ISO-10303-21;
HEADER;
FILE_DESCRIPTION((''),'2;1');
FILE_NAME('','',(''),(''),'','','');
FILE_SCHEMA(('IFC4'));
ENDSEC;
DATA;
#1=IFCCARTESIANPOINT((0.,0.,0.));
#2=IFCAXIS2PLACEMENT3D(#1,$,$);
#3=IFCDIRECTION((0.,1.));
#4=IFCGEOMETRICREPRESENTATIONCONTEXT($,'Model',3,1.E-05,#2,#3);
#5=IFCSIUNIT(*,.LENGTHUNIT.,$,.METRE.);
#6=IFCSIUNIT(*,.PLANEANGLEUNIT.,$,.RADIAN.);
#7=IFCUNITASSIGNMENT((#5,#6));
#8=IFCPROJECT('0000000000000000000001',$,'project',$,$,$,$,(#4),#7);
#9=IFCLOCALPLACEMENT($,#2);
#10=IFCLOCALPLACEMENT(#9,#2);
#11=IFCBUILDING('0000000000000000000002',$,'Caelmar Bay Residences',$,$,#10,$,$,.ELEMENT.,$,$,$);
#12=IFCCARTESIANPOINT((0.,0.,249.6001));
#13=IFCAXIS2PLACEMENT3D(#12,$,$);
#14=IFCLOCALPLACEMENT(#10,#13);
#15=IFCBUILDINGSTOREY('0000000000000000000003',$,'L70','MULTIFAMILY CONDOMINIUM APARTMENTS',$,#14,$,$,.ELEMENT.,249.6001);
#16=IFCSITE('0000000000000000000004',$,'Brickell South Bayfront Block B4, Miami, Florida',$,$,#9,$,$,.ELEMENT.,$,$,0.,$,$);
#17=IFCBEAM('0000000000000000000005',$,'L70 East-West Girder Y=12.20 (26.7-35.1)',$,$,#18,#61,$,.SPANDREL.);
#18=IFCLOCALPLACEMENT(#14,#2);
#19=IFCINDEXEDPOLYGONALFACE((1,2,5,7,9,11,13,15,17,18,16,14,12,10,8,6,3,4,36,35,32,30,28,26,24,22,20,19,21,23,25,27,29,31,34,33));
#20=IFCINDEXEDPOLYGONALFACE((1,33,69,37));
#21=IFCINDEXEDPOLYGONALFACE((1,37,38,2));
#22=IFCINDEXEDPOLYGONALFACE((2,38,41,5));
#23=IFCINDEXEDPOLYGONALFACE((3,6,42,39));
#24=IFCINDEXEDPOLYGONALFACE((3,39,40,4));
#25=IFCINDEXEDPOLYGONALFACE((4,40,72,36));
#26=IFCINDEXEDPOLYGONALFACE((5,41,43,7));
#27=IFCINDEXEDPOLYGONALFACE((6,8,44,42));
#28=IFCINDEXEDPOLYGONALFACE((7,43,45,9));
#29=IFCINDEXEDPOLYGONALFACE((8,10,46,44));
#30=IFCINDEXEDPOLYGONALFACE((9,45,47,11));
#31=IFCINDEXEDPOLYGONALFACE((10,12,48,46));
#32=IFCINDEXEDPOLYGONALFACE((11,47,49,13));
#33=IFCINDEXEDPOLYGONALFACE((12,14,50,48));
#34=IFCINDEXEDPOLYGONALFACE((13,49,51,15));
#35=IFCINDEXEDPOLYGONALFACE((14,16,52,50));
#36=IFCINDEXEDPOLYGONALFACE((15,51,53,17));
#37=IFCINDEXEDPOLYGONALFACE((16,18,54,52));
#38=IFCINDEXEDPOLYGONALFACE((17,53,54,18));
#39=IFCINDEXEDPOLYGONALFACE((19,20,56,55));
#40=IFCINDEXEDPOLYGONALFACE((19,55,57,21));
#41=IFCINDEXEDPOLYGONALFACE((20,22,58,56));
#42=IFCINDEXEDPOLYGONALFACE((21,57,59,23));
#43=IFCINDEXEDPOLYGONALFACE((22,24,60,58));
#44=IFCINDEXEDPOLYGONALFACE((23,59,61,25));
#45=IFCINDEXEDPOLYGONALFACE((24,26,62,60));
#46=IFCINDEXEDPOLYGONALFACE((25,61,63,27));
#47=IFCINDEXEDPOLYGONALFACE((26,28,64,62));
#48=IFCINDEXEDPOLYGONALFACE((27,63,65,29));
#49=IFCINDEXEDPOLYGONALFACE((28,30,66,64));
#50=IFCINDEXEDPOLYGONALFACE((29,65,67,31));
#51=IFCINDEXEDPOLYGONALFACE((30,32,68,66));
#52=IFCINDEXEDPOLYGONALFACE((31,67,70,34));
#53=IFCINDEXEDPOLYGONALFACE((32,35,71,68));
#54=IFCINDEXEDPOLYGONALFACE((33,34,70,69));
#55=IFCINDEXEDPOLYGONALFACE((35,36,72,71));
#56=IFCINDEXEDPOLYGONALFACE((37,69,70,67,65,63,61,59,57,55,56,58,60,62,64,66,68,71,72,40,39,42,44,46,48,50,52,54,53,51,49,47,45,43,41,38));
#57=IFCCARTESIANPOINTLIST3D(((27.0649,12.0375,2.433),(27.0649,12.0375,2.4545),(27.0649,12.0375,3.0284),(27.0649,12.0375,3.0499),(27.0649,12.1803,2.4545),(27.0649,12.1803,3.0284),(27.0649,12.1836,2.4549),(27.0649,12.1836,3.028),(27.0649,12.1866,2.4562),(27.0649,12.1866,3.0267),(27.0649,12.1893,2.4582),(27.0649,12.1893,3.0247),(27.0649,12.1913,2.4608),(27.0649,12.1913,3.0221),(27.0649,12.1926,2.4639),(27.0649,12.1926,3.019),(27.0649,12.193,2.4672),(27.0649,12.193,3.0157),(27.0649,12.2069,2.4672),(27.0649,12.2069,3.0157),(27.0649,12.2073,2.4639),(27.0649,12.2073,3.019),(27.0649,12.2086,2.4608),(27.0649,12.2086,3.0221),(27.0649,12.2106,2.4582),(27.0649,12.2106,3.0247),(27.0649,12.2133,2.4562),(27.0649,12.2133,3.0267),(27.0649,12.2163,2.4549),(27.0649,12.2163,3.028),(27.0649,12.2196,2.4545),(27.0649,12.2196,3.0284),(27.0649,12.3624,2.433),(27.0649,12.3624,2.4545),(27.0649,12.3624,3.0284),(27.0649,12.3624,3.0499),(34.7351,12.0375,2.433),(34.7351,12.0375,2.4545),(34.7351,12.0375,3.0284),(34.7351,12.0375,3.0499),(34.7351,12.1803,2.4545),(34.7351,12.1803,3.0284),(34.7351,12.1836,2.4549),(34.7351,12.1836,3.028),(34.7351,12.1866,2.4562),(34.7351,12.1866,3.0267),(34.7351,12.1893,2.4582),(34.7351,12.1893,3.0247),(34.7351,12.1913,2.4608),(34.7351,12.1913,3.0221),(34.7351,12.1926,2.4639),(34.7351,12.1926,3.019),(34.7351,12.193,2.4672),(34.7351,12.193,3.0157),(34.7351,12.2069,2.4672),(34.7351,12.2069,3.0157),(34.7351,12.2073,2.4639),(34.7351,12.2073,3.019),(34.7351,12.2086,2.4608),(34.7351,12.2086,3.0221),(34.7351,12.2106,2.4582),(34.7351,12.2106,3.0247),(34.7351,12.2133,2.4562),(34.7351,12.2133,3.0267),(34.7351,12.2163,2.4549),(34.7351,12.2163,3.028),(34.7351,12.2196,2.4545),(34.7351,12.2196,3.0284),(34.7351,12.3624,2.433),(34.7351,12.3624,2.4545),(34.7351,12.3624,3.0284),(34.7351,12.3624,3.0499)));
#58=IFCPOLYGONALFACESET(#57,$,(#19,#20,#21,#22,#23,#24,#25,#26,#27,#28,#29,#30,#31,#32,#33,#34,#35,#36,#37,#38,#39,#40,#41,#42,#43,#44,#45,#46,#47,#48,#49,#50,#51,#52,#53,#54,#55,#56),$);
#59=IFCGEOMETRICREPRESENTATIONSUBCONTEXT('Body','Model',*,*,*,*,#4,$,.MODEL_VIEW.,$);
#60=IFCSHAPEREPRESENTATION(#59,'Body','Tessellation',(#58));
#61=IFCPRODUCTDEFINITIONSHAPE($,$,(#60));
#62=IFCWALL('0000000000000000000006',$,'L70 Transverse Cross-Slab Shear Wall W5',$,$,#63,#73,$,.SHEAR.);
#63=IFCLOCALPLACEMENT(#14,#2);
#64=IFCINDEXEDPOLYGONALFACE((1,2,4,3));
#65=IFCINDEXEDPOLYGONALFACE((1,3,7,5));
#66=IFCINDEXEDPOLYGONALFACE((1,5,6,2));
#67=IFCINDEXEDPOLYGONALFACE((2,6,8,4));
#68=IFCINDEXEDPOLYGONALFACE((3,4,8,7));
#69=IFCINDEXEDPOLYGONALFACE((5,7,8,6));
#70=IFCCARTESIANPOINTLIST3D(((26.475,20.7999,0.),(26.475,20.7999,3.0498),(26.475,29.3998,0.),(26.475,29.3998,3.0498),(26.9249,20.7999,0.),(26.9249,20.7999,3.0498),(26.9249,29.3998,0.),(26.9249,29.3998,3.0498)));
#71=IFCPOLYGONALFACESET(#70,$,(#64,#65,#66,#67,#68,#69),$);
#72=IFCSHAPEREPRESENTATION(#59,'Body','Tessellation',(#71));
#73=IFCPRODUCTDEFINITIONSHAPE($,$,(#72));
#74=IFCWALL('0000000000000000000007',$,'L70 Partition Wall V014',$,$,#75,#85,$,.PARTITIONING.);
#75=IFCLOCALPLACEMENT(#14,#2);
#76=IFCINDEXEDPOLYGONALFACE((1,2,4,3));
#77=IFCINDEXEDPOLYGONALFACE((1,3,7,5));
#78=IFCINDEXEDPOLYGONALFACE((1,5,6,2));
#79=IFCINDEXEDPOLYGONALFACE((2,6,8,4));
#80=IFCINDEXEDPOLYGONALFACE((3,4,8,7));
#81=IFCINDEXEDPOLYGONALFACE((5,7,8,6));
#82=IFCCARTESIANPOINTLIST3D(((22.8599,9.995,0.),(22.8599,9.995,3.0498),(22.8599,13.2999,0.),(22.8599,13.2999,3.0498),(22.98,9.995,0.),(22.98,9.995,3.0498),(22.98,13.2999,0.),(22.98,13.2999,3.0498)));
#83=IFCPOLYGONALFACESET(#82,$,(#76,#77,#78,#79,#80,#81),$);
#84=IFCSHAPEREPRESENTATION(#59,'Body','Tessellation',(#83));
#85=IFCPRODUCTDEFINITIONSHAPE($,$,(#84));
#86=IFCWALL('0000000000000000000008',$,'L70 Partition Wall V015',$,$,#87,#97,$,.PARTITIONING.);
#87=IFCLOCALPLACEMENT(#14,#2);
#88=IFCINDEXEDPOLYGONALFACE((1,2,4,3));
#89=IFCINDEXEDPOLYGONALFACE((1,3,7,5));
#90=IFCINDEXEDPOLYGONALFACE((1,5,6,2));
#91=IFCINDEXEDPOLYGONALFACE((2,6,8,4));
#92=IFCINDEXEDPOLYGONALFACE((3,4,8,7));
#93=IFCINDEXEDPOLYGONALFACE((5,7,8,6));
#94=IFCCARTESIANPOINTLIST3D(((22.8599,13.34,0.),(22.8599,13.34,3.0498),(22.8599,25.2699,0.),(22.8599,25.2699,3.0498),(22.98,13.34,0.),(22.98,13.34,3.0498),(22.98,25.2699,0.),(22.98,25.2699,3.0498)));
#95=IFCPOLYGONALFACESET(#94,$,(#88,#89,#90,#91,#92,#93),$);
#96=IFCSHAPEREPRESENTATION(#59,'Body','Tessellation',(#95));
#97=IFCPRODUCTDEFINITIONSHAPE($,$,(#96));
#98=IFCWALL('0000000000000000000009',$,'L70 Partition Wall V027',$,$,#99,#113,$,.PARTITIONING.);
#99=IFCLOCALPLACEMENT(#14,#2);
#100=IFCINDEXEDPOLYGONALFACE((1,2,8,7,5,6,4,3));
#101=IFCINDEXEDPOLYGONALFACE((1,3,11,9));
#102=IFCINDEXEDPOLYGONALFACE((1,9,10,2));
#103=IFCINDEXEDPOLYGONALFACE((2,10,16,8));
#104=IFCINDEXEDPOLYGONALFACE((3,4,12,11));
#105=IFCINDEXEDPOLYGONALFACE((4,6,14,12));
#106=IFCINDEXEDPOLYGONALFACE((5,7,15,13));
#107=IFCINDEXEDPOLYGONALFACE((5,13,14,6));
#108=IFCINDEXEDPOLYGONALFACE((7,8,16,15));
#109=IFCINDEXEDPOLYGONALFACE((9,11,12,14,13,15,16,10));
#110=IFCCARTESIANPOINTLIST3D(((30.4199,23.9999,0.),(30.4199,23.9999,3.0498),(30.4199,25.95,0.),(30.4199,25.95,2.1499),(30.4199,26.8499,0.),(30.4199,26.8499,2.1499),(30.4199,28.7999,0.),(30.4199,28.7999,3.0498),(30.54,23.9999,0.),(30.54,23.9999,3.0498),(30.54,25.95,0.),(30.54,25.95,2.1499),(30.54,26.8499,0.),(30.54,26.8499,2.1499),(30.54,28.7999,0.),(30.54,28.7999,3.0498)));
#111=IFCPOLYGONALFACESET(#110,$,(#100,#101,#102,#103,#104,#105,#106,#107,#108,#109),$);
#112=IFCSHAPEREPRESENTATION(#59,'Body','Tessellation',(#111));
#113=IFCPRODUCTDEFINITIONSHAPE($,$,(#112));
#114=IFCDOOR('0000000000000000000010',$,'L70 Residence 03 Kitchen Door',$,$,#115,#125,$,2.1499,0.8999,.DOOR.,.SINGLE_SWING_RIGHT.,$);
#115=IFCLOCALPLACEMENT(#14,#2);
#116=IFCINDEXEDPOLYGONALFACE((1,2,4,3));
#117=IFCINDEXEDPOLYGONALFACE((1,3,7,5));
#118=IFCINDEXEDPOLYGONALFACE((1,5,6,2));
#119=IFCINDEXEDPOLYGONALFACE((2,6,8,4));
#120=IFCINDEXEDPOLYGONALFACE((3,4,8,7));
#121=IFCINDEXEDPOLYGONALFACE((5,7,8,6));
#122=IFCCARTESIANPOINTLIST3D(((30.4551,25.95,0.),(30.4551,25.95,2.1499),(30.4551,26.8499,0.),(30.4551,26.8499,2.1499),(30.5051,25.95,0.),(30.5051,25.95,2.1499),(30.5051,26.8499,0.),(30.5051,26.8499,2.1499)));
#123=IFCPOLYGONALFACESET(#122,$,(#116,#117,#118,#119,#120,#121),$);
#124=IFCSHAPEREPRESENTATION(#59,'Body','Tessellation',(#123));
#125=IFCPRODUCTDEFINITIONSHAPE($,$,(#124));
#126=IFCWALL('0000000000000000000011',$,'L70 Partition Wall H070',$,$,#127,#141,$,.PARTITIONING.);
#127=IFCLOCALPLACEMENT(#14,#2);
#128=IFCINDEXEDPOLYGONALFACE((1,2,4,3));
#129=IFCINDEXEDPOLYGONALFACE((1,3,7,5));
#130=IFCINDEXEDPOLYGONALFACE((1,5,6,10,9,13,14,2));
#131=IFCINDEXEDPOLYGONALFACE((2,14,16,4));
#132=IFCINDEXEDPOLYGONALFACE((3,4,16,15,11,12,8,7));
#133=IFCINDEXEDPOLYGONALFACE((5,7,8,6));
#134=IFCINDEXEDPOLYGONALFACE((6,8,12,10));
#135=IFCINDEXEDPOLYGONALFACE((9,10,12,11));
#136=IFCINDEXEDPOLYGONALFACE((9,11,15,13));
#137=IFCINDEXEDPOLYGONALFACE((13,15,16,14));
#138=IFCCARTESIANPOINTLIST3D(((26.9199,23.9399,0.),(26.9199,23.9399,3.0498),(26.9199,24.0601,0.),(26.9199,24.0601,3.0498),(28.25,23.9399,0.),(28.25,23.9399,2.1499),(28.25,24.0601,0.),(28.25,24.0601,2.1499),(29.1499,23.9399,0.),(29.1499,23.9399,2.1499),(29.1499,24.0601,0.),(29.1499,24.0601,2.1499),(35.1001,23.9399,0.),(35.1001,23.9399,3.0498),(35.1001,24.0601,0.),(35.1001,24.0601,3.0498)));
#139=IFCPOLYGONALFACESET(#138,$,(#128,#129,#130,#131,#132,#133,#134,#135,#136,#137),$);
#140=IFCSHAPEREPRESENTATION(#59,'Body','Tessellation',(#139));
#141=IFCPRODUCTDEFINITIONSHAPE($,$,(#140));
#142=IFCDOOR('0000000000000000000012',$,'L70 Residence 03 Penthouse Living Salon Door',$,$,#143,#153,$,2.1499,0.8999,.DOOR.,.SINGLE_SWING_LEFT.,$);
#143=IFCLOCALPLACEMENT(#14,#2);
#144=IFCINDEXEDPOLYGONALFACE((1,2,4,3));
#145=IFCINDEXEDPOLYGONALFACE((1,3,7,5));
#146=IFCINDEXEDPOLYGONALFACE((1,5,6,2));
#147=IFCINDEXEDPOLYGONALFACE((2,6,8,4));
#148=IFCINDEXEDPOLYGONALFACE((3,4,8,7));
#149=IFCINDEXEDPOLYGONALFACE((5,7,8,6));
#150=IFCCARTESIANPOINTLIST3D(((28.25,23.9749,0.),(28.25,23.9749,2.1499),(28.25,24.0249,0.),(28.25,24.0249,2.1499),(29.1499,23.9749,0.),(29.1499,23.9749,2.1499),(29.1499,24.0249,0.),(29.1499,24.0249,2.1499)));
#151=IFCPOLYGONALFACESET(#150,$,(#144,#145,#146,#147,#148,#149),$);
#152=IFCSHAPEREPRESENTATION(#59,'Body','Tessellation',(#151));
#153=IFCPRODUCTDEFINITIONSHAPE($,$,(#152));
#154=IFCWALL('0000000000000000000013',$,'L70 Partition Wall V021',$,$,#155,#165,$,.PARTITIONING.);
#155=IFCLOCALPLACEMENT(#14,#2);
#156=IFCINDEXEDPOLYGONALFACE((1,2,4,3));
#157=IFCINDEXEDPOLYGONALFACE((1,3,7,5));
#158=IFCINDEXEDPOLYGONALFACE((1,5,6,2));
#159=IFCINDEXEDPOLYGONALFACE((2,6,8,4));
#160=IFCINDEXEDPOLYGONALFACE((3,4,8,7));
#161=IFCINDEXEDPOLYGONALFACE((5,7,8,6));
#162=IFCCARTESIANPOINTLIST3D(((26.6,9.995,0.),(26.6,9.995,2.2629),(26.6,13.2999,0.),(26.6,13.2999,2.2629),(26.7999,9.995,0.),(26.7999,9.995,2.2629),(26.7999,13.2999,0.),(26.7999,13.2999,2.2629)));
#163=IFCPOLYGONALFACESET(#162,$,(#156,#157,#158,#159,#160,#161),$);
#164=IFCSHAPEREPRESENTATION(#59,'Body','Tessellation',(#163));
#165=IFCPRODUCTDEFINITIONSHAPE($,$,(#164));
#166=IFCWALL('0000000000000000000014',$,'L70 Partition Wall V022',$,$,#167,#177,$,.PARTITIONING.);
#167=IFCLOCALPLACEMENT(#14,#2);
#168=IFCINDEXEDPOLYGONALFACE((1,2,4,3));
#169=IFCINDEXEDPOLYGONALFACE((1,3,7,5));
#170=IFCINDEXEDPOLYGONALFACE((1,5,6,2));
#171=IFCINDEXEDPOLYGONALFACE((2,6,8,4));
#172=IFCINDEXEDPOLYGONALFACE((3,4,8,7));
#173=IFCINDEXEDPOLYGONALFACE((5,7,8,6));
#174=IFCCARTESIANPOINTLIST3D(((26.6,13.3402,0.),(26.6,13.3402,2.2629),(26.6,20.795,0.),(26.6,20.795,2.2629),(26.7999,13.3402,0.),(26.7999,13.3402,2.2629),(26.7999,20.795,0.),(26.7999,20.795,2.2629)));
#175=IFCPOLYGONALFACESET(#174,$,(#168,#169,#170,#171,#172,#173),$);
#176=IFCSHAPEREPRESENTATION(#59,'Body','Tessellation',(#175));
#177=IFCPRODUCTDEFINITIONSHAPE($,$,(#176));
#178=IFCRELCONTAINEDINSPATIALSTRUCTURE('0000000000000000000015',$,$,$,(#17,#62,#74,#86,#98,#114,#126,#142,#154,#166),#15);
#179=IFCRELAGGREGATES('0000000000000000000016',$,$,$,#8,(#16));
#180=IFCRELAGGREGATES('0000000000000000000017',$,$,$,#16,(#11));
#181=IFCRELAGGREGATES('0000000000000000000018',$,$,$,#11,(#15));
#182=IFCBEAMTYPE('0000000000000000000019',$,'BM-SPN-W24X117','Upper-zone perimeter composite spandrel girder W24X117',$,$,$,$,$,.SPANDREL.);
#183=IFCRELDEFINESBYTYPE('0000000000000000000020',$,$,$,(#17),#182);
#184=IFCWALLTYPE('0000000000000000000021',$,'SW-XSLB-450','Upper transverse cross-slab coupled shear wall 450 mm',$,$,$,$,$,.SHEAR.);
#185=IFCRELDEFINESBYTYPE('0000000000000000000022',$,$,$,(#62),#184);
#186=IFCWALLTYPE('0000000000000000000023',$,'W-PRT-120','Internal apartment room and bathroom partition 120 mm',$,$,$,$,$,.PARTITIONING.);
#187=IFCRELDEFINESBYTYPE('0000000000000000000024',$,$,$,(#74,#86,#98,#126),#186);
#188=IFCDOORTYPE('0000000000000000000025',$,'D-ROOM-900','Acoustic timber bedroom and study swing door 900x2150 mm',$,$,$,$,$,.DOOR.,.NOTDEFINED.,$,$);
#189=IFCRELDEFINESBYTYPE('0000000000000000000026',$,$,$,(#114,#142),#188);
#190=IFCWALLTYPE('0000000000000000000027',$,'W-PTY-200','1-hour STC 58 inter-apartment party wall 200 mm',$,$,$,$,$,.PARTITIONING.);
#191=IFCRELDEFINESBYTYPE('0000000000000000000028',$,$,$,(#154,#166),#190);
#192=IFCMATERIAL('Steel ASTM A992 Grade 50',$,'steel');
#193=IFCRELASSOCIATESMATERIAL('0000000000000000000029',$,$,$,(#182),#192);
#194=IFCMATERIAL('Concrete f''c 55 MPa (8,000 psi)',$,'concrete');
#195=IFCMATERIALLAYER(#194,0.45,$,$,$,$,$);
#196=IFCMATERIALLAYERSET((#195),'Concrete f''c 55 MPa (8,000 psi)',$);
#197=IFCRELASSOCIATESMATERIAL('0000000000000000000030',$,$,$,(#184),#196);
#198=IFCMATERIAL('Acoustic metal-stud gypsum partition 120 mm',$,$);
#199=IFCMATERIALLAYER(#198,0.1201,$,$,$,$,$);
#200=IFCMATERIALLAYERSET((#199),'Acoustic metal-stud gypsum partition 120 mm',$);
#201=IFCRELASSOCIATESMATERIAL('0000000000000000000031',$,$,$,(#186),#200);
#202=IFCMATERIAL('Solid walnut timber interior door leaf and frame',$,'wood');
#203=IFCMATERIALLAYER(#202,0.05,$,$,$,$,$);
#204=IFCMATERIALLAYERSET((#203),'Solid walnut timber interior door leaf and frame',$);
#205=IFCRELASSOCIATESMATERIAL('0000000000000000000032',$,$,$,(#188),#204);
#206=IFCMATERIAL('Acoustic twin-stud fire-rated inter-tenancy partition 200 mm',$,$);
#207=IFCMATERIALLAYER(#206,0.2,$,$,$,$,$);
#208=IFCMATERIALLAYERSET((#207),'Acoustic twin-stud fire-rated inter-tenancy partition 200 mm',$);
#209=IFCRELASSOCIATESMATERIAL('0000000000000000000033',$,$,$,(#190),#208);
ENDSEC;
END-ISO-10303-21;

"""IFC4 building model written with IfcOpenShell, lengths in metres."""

from ifc_helpers import new_model, si_unit, direction, frame, frame_2d, origin, origin_2d, place, context, subcontext, project, spatial, rectangle, i_section, extrude, material, layer, layer_set, material_profile, profile_set, type_object, element, fill, save


model = new_model("IFC4")

# Units and contexts
model_context = context("Model", 3, precision=1e-05, world=origin(), true_north=direction((0.0, 1.0)))
body_context = subcontext(model_context, "Body", "Model", "MODEL_VIEW")
ifc_project = project(units=[si_unit("LENGTHUNIT", "METRE"), si_unit("PLANEANGLEUNIT", "RADIAN")], contexts=[model_context])

# Site, building, storey
site_placement = place(None, origin())
site = spatial("IfcSite", under=ifc_project, at=site_placement, Name="Brickell South Bayfront Block B4, Miami, Florida", CompositionType="ELEMENT", RefElevation=0.0)
building_placement = place(site_placement, origin())
building = spatial("IfcBuilding", under=site, at=building_placement, Name="Caelmar Bay Residences", CompositionType="ELEMENT")
storey_placement = place(building_placement, frame((0.0, 0.0, 249.6001)))
storey = spatial("IfcBuildingStorey", under=building, at=storey_placement, Name="L70", Description="MULTIFAMILY CONDOMINIUM APARTMENTS", CompositionType="ELEMENT", Elevation=249.6001)

# Shared definitions
ifc_material_1 = material(Name="Concrete f'c 55 MPa (8,000 psi)", Category="concrete")

# Beam
ifc_material_2 = material(Name="Steel ASTM A992 Grade 50", Category="steel")
ifc_material_profile_1 = material_profile(ifc_material_2, i_section(OverallWidth=0.325, OverallDepth=0.6169, WebThickness=0.0139, FlangeThickness=0.0215, FilletRadius=0.0127, at=origin_2d()), Name="W24X117")
ifc_profile_set_1 = profile_set([ifc_material_profile_1], Name="Steel ASTM A992 Grade 50")
beam_type_1 = type_object("IfcBeamType", Name="BM-SPN-W24X117", Description="Upper-zone perimeter composite spandrel girder W24X117", PredefinedType="SPANDREL", material=ifc_profile_set_1)
beam_1_placement = place(storey_placement, frame((27.0649, 12.2, 2.7415), z_axis=(1.0, 0.0, 0.0), x_axis=(0.0, 1.0, 0.0)))
element("IfcBeam", 1, at=beam_1_placement, inside=storey, type_object=beam_type_1, Name="L70 East-West Girder Y=12.20 (26.7-35.1)", PredefinedType="SPANDREL", context=body_context, shape_type="SweptSolid", body=[
    extrude(i_section(OverallWidth=0.325, OverallDepth=0.6169, WebThickness=0.0139, FlangeThickness=0.0215, FilletRadius=0.0127, at=origin_2d()), origin(), (0.0, 0.0, 1.0), 7.6702),
])

# Walls
ifc_layer_1 = layer(ifc_material_1, 0.45)
ifc_layer_set_1 = layer_set([ifc_layer_1], Name="Concrete f'c 55 MPa (8,000 psi)")
wall_type_1 = type_object("IfcWallType", Name="SW-XSLB-450", Description="Upper transverse cross-slab coupled shear wall 450 mm", PredefinedType="SHEAR", material=ifc_layer_set_1)
wall_1_placement = place(storey_placement, frame((26.7, 20.8, 0.0), z_axis=(0.0, 0.0, 1.0), x_axis=(0.0, 1.0, 0.0)))
element("IfcWall", 2, at=wall_1_placement, inside=storey, type_object=wall_type_1, Name="L70 Transverse Cross-Slab Shear Wall W5", PredefinedType="SHEAR", context=body_context, shape_type="SweptSolid", body=[
    extrude(rectangle(XDim=8.5999, YDim=0.45, at=frame_2d((4.2998, 0.0))), origin(), (0.0, 0.0, 1.0), 3.0498),
])
ifc_material_3 = material(Name="Acoustic metal-stud gypsum partition 120 mm")
ifc_layer_2 = layer(ifc_material_3, 0.1201)
ifc_layer_set_2 = layer_set([ifc_layer_2], Name="Acoustic metal-stud gypsum partition 120 mm")
wall_type_2 = type_object("IfcWallType", Name="W-PRT-120", Description="Internal apartment room and bathroom partition 120 mm", PredefinedType="PARTITIONING", material=ifc_layer_set_2)
wall_2_placement = place(storey_placement, frame((22.9199, 9.9951, 0.0), z_axis=(0.0, 0.0, 1.0), x_axis=(0.0, 1.0, 0.0)))
element("IfcWall", 3, at=wall_2_placement, inside=storey, type_object=wall_type_2, Name="L70 Partition Wall V014", PredefinedType="PARTITIONING", context=body_context, shape_type="SweptSolid", body=[
    extrude(rectangle(XDim=3.3049, YDim=0.1201, at=frame_2d((1.6523, 0.0))), origin(), (0.0, 0.0, 1.0), 3.0498),
])
wall_3_placement = place(storey_placement, frame((22.9199, 13.3401, 0.0), z_axis=(0.0, 0.0, 1.0), x_axis=(0.0, 1.0, 0.0)))
element("IfcWall", 4, at=wall_3_placement, inside=storey, type_object=wall_type_2, Name="L70 Partition Wall V015", PredefinedType="PARTITIONING", context=body_context, shape_type="SweptSolid", body=[
    extrude(rectangle(XDim=11.9299, YDim=0.1201, at=frame_2d((5.9648, 0.0))), origin(), (0.0, 0.0, 1.0), 3.0498),
])

# Walls, openings, doors
wall_4_placement = place(storey_placement, frame((30.48, 24.0, 0.0), z_axis=(0.0, 0.0, 1.0), x_axis=(0.0, 1.0, 0.0)))
wall_4 = element("IfcWall", 5, at=wall_4_placement, inside=storey, type_object=wall_type_2, Name="L70 Partition Wall V027", PredefinedType="PARTITIONING", context=body_context, shape_type="SweptSolid", body=[
    extrude(rectangle(XDim=4.8, YDim=0.1201, at=frame_2d((2.3999, 0.0))), origin(), (0.0, 0.0, 1.0), 3.0498),
])
opening_1_placement = place(wall_4_placement, frame((1.95, 0.0, 0.0)))
opening_1 = element("IfcOpeningElement", 6, at=opening_1_placement, cuts=wall_4, PredefinedType="OPENING", context=body_context, shape_type="SweptSolid", body=[
    extrude(rectangle(XDim=0.8999, YDim=2.1499, at=frame_2d((0.45, 1.075))), frame((0.0, 0.0701, 0.0), z_axis=(0.0, -1.0, 0.0), x_axis=(1.0, 0.0, 0.0)), (0.0, 0.0, 1.0), 0.1401),
])
ifc_material_4 = material(Name="Solid walnut timber interior door leaf and frame", Category="wood")
ifc_layer_3 = layer(ifc_material_4, 0.05)
ifc_layer_set_3 = layer_set([ifc_layer_3], Name="Solid walnut timber interior door leaf and frame")
door_type = type_object("IfcDoorType", Name="D-ROOM-900", Description="Acoustic timber bedroom and study swing door 900x2150 mm", OperationType="NOTDEFINED", PredefinedType="DOOR", material=ifc_layer_set_3)
door_1_placement = place(opening_1_placement, origin())
door_1 = element("IfcDoor", 7, at=door_1_placement, inside=storey, type_object=door_type, Name="L70 Residence 03 Kitchen Door", OperationType="SINGLE_SWING_RIGHT", OverallHeight=2.1499, OverallWidth=0.8999, PredefinedType="DOOR", context=body_context, shape_type="SweptSolid", body=[
    extrude(rectangle(XDim=0.8999, YDim=2.1499, at=frame_2d((0.45, 1.075))), frame((0.0, 0.0249, 0.0), z_axis=(0.0, -1.0, 0.0), x_axis=(1.0, 0.0, 0.0)), (0.0, 0.0, 1.0), 0.05),
])
fill(opening_1, door_1)
wall_5_placement = place(storey_placement, frame((26.9199, 24.0, 0.0), z_axis=(0.0, 0.0, 1.0), x_axis=(1.0, 0.0, 0.0)))
wall_5 = element("IfcWall", 8, at=wall_5_placement, inside=storey, type_object=wall_type_2, Name="L70 Partition Wall H070", PredefinedType="PARTITIONING", context=body_context, shape_type="SweptSolid", body=[
    extrude(rectangle(XDim=8.1802, YDim=0.1201, at=frame_2d((4.0901, 0.0))), origin(), (0.0, 0.0, 1.0), 3.0498),
])
opening_2_placement = place(wall_5_placement, frame((1.3301, 0.0, 0.0)))
opening_2 = element("IfcOpeningElement", 9, at=opening_2_placement, cuts=wall_5, PredefinedType="OPENING", context=body_context, shape_type="SweptSolid", body=[
    extrude(rectangle(XDim=0.8999, YDim=2.1499, at=frame_2d((0.45, 1.075))), frame((0.0, 0.0701, 0.0), z_axis=(0.0, -1.0, 0.0), x_axis=(1.0, 0.0, 0.0)), (0.0, 0.0, 1.0), 0.1401),
])
door_2_placement = place(opening_2_placement, origin())
door_2 = element("IfcDoor", 10, at=door_2_placement, inside=storey, type_object=door_type, Name="L70 Residence 03 Penthouse Living Salon Door", OperationType="SINGLE_SWING_LEFT", OverallHeight=2.1499, OverallWidth=0.8999, PredefinedType="DOOR", context=body_context, shape_type="SweptSolid", body=[
    extrude(rectangle(XDim=0.8999, YDim=2.1499, at=frame_2d((0.45, 1.075))), frame((0.0, 0.0249, 0.0), z_axis=(0.0, -1.0, 0.0), x_axis=(1.0, 0.0, 0.0)), (0.0, 0.0, 1.0), 0.05),
])
fill(opening_2, door_2)

# Walls
ifc_material_5 = material(Name="Acoustic twin-stud fire-rated inter-tenancy partition 200 mm")
ifc_layer_4 = layer(ifc_material_5, 0.2)
ifc_layer_set_4 = layer_set([ifc_layer_4], Name="Acoustic twin-stud fire-rated inter-tenancy partition 200 mm")
wall_type_3 = type_object("IfcWallType", Name="W-PTY-200", Description="1-hour STC 58 inter-apartment party wall 200 mm", PredefinedType="PARTITIONING", material=ifc_layer_set_4)
wall_6_placement = place(storey_placement, frame((26.7, 9.9951, 0.0), z_axis=(0.0, 0.0, 1.0), x_axis=(0.0, 1.0, 0.0)))
element("IfcWall", 11, at=wall_6_placement, inside=storey, type_object=wall_type_3, Name="L70 Partition Wall V021", PredefinedType="PARTITIONING", context=body_context, shape_type="SweptSolid", body=[
    extrude(rectangle(XDim=3.3049, YDim=0.2, at=frame_2d((1.6523, 0.0))), origin(), (0.0, 0.0, 1.0), 2.2629),
])
wall_7_placement = place(storey_placement, frame((26.7, 13.3401, 0.0), z_axis=(0.0, 0.0, 1.0), x_axis=(0.0, 1.0, 0.0)))
element("IfcWall", 12, at=wall_7_placement, inside=storey, type_object=wall_type_3, Name="L70 Partition Wall V022", PredefinedType="PARTITIONING", context=body_context, shape_type="SweptSolid", body=[
    extrude(rectangle(XDim=7.4548, YDim=0.2, at=frame_2d((3.7275, 0.0))), origin(), (0.0, 0.0, 1.0), 2.2629),
])

save(model, "model.ifc")
